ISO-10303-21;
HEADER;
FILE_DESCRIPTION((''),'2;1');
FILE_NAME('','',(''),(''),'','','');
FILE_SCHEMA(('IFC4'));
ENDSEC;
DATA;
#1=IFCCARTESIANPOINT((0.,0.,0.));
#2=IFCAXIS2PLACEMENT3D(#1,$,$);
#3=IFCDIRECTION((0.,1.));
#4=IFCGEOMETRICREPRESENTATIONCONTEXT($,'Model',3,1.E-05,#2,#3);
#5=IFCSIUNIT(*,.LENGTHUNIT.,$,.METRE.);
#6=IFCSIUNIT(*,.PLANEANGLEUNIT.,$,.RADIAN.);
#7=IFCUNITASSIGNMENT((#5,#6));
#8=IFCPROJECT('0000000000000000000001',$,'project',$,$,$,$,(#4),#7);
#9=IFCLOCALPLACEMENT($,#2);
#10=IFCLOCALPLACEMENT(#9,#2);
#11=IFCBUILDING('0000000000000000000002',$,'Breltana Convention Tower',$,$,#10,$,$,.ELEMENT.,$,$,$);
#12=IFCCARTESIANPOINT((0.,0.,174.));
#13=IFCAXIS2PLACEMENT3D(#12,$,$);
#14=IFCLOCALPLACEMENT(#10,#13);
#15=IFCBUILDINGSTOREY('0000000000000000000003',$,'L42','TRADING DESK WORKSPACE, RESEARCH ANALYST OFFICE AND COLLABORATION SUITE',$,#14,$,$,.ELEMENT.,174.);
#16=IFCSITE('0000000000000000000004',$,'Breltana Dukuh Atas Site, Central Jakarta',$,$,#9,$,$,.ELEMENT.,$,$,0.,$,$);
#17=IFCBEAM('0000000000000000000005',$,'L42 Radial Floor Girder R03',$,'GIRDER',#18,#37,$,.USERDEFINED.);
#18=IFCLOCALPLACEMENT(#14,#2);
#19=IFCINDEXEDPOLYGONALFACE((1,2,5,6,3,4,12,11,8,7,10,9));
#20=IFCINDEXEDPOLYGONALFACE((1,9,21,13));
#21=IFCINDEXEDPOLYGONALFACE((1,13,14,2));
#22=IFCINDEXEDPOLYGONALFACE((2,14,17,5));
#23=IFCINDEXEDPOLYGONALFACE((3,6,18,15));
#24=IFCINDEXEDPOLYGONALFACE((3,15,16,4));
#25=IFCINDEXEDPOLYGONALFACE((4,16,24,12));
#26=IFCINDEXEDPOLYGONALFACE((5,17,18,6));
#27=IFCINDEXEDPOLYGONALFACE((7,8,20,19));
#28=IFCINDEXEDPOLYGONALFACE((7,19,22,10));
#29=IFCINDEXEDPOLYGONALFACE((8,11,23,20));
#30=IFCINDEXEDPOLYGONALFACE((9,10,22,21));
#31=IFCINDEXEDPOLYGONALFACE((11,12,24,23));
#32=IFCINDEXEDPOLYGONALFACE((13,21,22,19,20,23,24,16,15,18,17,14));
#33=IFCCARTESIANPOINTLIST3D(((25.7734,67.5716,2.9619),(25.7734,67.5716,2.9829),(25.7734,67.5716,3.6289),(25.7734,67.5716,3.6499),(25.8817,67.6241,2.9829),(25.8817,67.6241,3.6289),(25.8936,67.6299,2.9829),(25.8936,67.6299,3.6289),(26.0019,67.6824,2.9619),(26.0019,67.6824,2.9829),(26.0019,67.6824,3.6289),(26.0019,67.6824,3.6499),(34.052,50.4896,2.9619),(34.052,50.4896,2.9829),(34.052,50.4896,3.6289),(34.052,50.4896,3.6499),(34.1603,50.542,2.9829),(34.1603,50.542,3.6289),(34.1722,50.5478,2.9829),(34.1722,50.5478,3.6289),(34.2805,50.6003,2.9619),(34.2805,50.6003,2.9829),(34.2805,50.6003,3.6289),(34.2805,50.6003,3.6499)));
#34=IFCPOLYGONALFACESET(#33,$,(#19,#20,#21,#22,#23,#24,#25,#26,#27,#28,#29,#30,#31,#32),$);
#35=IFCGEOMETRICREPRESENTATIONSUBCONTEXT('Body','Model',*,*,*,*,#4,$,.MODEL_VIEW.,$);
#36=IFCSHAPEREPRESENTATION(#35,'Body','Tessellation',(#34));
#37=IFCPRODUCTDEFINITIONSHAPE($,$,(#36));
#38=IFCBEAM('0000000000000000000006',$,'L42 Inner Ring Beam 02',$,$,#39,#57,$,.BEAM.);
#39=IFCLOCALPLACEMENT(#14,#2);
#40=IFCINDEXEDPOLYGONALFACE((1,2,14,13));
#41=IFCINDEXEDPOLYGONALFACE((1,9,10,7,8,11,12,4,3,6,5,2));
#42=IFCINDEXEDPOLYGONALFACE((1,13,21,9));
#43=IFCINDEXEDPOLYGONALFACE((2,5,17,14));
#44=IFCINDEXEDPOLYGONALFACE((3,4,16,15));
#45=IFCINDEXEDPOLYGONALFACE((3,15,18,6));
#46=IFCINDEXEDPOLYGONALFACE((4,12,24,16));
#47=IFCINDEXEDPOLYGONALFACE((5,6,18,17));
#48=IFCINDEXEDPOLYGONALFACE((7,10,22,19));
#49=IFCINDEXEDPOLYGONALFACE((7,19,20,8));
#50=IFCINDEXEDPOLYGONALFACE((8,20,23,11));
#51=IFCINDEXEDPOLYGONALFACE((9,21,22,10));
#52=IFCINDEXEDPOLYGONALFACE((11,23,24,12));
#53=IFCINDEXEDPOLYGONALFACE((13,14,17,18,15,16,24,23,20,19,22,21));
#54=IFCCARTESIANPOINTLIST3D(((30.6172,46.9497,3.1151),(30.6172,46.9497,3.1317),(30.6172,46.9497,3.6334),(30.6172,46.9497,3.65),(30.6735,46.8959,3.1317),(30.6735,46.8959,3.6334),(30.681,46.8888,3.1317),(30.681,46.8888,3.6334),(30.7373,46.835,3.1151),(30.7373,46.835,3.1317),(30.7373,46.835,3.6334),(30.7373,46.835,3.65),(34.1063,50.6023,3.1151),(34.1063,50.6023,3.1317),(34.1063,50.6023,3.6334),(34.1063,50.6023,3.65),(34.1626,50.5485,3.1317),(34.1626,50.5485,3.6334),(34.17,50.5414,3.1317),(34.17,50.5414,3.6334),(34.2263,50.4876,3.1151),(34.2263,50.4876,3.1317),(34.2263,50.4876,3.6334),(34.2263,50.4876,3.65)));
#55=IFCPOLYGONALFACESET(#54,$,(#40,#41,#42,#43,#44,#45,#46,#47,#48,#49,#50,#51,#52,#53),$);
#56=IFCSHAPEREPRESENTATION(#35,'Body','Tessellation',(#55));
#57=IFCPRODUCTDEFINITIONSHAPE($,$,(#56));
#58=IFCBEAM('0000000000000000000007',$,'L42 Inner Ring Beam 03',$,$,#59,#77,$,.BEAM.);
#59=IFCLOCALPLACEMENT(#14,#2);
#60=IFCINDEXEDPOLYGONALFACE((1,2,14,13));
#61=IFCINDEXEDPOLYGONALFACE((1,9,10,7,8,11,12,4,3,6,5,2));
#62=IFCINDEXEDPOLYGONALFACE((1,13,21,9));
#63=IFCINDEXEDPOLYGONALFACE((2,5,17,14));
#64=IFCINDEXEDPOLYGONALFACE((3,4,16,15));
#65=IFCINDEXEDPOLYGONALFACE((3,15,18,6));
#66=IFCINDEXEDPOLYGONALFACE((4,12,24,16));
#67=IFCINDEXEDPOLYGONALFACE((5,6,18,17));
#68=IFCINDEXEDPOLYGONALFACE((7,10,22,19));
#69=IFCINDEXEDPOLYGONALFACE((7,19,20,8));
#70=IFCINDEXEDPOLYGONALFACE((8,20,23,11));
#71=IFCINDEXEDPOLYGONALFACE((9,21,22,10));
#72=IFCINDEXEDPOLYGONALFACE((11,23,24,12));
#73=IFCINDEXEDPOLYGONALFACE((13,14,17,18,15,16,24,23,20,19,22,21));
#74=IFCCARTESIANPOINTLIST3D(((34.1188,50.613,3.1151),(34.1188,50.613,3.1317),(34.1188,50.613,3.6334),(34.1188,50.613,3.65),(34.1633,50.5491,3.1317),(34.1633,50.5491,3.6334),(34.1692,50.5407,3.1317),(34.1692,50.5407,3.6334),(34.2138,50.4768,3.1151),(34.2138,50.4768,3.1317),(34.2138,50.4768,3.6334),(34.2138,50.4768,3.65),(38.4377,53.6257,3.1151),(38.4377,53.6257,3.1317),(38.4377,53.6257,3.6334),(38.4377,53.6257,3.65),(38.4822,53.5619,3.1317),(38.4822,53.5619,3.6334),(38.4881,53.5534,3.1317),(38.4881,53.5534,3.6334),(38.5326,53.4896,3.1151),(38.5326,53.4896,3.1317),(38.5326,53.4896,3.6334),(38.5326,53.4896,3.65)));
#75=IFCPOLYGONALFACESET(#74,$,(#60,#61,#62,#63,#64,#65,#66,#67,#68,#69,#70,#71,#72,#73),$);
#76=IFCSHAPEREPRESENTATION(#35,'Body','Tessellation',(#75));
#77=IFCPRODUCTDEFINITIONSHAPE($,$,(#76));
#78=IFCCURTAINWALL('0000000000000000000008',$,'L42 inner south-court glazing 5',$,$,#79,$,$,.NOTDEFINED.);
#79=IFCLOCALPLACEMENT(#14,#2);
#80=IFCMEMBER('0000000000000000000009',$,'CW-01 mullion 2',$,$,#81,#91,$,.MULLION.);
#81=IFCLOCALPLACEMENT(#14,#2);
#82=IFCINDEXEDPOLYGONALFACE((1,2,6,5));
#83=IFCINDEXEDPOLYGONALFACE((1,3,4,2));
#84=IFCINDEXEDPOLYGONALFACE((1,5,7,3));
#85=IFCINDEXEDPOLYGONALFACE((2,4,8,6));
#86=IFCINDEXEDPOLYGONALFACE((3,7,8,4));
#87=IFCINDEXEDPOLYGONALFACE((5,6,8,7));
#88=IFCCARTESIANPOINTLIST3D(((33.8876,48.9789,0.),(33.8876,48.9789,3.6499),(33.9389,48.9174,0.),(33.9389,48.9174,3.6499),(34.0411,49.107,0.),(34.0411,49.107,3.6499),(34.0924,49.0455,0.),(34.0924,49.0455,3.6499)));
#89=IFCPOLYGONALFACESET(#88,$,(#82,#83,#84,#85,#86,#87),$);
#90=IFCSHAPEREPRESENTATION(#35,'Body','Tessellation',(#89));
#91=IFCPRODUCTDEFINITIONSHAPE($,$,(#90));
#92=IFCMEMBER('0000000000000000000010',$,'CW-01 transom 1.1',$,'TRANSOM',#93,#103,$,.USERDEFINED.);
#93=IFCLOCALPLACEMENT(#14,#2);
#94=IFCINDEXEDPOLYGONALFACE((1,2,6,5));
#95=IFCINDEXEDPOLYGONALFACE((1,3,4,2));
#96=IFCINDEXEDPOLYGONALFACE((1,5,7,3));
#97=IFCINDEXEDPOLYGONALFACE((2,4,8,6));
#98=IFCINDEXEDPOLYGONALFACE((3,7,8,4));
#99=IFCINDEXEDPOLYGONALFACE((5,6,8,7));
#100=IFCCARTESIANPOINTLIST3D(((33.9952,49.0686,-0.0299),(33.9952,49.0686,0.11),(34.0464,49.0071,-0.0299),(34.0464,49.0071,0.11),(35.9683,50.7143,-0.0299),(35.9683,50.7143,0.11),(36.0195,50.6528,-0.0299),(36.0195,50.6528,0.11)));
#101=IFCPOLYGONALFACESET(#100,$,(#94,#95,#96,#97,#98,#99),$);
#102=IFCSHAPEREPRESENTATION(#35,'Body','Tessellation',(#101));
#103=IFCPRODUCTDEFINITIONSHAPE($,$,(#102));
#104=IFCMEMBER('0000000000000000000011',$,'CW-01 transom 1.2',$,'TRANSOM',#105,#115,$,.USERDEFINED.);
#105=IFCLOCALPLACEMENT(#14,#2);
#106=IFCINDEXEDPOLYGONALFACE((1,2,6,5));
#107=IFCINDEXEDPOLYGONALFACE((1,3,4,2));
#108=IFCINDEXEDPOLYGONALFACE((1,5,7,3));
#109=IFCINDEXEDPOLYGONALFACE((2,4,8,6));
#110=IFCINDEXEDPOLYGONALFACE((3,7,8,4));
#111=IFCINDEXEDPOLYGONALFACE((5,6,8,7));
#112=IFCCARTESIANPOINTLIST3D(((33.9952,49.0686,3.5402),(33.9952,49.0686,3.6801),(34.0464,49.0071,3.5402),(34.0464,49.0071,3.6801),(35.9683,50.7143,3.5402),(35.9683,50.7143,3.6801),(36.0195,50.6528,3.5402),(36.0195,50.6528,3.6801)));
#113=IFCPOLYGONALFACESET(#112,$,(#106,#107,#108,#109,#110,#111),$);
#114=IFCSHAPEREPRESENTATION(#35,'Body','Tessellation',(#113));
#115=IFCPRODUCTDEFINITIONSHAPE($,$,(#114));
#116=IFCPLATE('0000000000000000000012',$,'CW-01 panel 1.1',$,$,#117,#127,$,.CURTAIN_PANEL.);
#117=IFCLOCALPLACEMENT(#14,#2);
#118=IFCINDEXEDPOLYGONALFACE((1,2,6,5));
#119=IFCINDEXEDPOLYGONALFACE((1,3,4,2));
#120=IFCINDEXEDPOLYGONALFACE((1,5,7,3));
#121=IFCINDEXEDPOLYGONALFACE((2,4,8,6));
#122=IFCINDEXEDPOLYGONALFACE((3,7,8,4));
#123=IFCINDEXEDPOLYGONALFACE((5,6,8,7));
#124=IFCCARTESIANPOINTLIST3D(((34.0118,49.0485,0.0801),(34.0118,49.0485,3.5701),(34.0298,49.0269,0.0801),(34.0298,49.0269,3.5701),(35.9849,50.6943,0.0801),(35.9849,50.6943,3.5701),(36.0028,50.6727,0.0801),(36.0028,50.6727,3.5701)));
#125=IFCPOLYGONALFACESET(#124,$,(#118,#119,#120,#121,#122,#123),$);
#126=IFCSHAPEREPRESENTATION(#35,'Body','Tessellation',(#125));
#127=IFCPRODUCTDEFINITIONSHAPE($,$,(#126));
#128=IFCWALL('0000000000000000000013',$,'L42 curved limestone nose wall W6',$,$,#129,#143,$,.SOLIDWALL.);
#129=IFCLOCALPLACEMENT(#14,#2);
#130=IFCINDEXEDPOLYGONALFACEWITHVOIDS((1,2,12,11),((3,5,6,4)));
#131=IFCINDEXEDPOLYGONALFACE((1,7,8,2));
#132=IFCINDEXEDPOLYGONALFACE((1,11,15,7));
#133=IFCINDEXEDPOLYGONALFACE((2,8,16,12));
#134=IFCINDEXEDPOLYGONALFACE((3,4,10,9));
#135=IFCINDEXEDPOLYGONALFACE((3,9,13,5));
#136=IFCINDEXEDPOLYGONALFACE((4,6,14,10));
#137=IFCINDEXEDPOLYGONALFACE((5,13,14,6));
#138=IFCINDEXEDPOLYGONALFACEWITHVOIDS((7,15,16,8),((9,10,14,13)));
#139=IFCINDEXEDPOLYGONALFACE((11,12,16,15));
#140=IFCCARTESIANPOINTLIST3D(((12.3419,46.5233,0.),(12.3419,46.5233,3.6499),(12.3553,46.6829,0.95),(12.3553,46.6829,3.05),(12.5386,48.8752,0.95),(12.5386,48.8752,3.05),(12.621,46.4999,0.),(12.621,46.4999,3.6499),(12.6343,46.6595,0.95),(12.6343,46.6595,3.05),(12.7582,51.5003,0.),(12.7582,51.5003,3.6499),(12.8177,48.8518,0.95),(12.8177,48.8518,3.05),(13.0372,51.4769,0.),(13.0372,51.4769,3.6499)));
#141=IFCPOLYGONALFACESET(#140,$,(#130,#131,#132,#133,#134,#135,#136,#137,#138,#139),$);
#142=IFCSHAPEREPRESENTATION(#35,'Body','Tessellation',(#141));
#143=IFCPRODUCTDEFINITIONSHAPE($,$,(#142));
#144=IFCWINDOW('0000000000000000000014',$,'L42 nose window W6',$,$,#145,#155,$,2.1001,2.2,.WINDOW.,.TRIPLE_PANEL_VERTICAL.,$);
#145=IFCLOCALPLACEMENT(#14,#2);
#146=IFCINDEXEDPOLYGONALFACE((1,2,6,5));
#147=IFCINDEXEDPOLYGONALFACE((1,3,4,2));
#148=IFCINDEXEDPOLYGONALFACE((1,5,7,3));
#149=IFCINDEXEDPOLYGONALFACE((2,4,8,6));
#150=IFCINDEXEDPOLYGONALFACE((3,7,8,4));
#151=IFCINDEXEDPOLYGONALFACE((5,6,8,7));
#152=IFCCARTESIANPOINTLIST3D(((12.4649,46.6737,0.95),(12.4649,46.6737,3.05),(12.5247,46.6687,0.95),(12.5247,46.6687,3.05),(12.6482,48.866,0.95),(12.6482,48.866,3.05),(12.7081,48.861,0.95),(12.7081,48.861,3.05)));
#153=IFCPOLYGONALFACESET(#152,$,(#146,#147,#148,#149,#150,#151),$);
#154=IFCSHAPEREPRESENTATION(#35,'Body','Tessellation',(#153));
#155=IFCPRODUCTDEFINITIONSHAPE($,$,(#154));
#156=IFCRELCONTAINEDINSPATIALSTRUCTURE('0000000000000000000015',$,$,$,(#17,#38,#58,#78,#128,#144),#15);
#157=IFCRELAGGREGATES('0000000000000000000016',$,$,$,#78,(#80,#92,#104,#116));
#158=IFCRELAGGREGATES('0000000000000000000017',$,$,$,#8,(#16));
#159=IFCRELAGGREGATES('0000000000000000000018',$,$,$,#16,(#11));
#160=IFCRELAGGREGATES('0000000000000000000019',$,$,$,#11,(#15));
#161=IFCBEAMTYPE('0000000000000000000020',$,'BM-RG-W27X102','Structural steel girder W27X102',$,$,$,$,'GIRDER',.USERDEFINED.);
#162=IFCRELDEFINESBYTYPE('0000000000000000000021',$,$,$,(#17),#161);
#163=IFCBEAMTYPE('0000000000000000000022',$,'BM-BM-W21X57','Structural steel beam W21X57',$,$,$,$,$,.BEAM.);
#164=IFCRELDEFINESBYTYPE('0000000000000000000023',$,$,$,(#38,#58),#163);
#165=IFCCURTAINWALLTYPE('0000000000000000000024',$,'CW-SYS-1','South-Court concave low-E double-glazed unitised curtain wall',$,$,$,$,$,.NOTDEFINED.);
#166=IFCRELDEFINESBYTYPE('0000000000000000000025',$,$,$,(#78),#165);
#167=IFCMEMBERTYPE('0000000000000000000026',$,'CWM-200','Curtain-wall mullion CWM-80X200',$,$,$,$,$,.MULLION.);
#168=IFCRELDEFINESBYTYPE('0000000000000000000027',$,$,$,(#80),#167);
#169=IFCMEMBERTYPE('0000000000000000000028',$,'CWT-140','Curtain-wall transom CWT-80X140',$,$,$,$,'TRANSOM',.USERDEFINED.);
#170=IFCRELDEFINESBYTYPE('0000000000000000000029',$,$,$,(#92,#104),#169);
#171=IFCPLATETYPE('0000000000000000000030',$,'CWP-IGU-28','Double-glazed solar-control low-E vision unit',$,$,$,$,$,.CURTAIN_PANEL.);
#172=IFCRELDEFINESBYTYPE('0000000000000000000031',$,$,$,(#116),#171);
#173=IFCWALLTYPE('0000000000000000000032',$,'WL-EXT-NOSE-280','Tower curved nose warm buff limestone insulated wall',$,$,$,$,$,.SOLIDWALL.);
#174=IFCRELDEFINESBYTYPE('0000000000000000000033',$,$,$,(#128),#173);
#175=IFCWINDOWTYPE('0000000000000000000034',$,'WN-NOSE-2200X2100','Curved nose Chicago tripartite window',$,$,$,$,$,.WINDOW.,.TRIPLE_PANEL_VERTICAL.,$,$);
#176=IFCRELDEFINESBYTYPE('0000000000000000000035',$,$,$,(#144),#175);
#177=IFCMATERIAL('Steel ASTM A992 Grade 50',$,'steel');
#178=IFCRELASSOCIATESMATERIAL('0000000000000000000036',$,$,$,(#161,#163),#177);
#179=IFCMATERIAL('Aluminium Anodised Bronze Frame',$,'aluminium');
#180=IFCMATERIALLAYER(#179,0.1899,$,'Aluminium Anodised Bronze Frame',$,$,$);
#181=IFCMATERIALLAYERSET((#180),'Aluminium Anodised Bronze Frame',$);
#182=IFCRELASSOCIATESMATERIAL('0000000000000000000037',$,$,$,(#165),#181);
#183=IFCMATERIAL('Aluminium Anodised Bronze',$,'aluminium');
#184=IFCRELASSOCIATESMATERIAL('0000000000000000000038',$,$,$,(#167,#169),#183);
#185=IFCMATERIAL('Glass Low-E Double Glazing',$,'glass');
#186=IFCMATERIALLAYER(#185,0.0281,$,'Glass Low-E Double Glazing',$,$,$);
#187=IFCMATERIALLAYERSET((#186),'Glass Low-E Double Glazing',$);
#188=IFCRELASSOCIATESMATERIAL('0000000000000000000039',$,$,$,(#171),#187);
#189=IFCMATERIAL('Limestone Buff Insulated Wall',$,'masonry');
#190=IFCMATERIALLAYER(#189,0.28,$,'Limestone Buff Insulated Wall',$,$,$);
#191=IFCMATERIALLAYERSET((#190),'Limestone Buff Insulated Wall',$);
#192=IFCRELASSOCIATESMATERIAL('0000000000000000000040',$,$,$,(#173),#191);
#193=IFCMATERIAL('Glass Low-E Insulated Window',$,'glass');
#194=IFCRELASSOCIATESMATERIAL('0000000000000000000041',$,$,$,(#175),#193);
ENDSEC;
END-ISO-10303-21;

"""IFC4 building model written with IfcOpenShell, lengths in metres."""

from ifc_helpers import new_model, si_unit, direction, frame, frame_2d, origin, origin_2d, place, context, subcontext, project, spatial, rectangle, i_section, extrude, source, transform, mapped, material, layer, layer_set, material_profile, profile_set, type_object, type_shapes, element, fill, aggregate, save


model = new_model("IFC4")

# Units and contexts
model_context = context("Model", 3, precision=1e-05, world=origin(), true_north=direction((0.0, 1.0)))
body_context = subcontext(model_context, "Body", "Model", "MODEL_VIEW")
ifc_project = project(units=[si_unit("LENGTHUNIT", "METRE"), si_unit("PLANEANGLEUNIT", "RADIAN")], contexts=[model_context])

# Site, building, storey
site_placement = place(None, origin())
site = spatial("IfcSite", under=ifc_project, at=site_placement, Name="Breltana Dukuh Atas Site, Central Jakarta", CompositionType="ELEMENT", RefElevation=0.0)
building_placement = place(site_placement, origin())
building = spatial("IfcBuilding", under=site, at=building_placement, Name="Breltana Convention Tower", CompositionType="ELEMENT")
storey_placement = place(building_placement, frame((0.0, 0.0, 174.0)))
storey = spatial("IfcBuildingStorey", under=building, at=storey_placement, Name="L42", Description="TRADING DESK WORKSPACE, RESEARCH ANALYST OFFICE AND COLLABORATION SUITE", CompositionType="ELEMENT", Elevation=174.0)

# Beams
ifc_material_1 = material(Name="Steel ASTM A992 Grade 50", Category="steel")
ifc_material_profile_1 = material_profile(ifc_material_1, i_section(OverallWidth=0.2539, OverallDepth=0.688, WebThickness=0.0132, FlangeThickness=0.021, at=origin_2d()), Name="W27X102")
ifc_profile_set_1 = profile_set([ifc_material_profile_1], Name="Steel ASTM A992 Grade 50")
beam_type_1 = type_object("IfcBeamType", Name="BM-RG-W27X102", Description="Structural steel girder W27X102", ElementType="GIRDER", PredefinedType="USERDEFINED", material=ifc_profile_set_1)
shared_shape_1 = source(origin(), body_context, "Body", "SweptSolid", [
    extrude(i_section(OverallWidth=0.2539, OverallDepth=0.688, WebThickness=0.0132, FlangeThickness=0.021, at=origin_2d()), origin(), (0.0, 0.0, 1.0), 18.9824),
])
beam_1_placement = place(storey_placement, frame((34.1663, 50.5449, 3.3059), z_axis=(-0.436119, 0.899889, 0.0), x_axis=(-0.899889, -0.436119, 0.0)))
element("IfcBeam", 1, at=beam_1_placement, inside=storey, type_object=beam_type_1, Name="L42 Radial Floor Girder R03", ObjectType="GIRDER", PredefinedType="USERDEFINED", context=body_context, shape_type="MappedRepresentation", body=[
    mapped(shared_shape_1, transform((0.0, 0.0, 0.0), scale=1.0)),
])
ifc_material_profile_2 = material_profile(ifc_material_1, i_section(OverallWidth=0.166, OverallDepth=0.5349, WebThickness=0.0103, FlangeThickness=0.0166, at=origin_2d()), Name="W21X57")
ifc_profile_set_2 = profile_set([ifc_material_profile_2], Name="Steel ASTM A992 Grade 50")
beam_type_2 = type_object("IfcBeamType", Name="BM-BM-W21X57", Description="Structural steel beam W21X57", PredefinedType="BEAM", material=ifc_profile_set_2)
shared_shape_2 = source(origin(), body_context, "Body", "SweptSolid", [
    extrude(i_section(OverallWidth=0.166, OverallDepth=0.5349, WebThickness=0.0103, FlangeThickness=0.0166, at=origin_2d()), origin(), (0.0, 0.0, 1.0), 5.0513),
])
beam_2_placement = place(storey_placement, frame((30.6772, 46.8923, 3.3826), z_axis=(0.69073, 0.723113, 0.0), x_axis=(-0.723113, 0.69073, 0.0)))
element("IfcBeam", 2, at=beam_2_placement, inside=storey, type_object=beam_type_2, Name="L42 Inner Ring Beam 02", PredefinedType="BEAM", context=body_context, shape_type="MappedRepresentation", body=[
    mapped(shared_shape_2, transform((0.0, 0.0, 0.0), scale=1.0)),
])
shared_shape_3 = source(origin(), body_context, "Body", "SweptSolid", [
    extrude(i_section(OverallWidth=0.166, OverallDepth=0.5349, WebThickness=0.0103, FlangeThickness=0.0166, at=origin_2d()), origin(), (0.0, 0.0, 1.0), 5.2659),
])
beam_3_placement = place(storey_placement, frame((34.1663, 50.5449, 3.3826), z_axis=(0.820167, 0.572124, 0.0), x_axis=(-0.572124, 0.820167, 0.0)))
element("IfcBeam", 3, at=beam_3_placement, inside=storey, type_object=beam_type_2, Name="L42 Inner Ring Beam 03", PredefinedType="BEAM", context=body_context, shape_type="MappedRepresentation", body=[
    mapped(shared_shape_3, transform((0.0, 0.0, 0.0), scale=1.0)),
])

# Curtain wall, members, plate
ifc_material_2 = material(Name="Aluminium Anodised Bronze Frame", Category="aluminium")
ifc_layer_1 = layer(ifc_material_2, 0.1899, Name="Aluminium Anodised Bronze Frame")
ifc_layer_set_1 = layer_set([ifc_layer_1], Name="Aluminium Anodised Bronze Frame")
curtain_wall_type = type_object("IfcCurtainWallType", Name="CW-SYS-1", Description="South-Court concave low-E double-glazed unitised curtain wall", PredefinedType="NOTDEFINED", material=ifc_layer_set_1)
curtain_wall_placement = place(storey_placement, origin())
curtain_wall = element("IfcCurtainWall", 4, at=curtain_wall_placement, inside=storey, type_object=curtain_wall_type, Name="L42 inner south-court glazing 5", PredefinedType="NOTDEFINED")
ifc_material_3 = material(Name="Aluminium Anodised Bronze", Category="aluminium")
ifc_material_profile_3 = material_profile(ifc_material_3, rectangle(XDim=0.0801, YDim=0.2, at=origin_2d()), Name="CWM-80X200")
ifc_profile_set_3 = profile_set([ifc_material_profile_3], Name="Aluminium Anodised Bronze")
member_type_1 = type_object("IfcMemberType", Name="CWM-200", Description="Curtain-wall mullion CWM-80X200", PredefinedType="MULLION", material=ifc_profile_set_3)
shared_shape_4 = source(origin(), body_context, "Body", "SweptSolid", [
    extrude(rectangle(XDim=0.0801, YDim=0.2, at=origin_2d()), origin(), (0.0, 0.0, 1.0), 3.6499),
])
member_1_placement = place(storey_placement, frame((33.99, 49.0122, 0.0), z_axis=(0.0, 0.0, 1.0), x_axis=(0.640537, -0.767927, 0.0)))
member_1 = element("IfcMember", 5, at=member_1_placement, type_object=member_type_1, Name="CW-01 mullion 2", PredefinedType="MULLION", context=body_context, shape_type="MappedRepresentation", body=[
    mapped(shared_shape_4, transform((0.0, 0.0, 0.0), scale=1.0)),
])
ifc_material_profile_4 = material_profile(ifc_material_3, rectangle(XDim=0.0801, YDim=0.1399, at=origin_2d()), Name="CWT-80X140")
ifc_profile_set_4 = profile_set([ifc_material_profile_4], Name="Aluminium Anodised Bronze")
member_type_2 = type_object("IfcMemberType", Name="CWT-140", Description="Curtain-wall transom CWT-80X140", ElementType="TRANSOM", PredefinedType="USERDEFINED", material=ifc_profile_set_4)
shared_shape_5 = source(origin(), body_context, "Body", "SweptSolid", [
    extrude(rectangle(XDim=0.0801, YDim=0.1399, at=origin_2d()), origin(), (0.0, 0.0, 1.0), 2.5693),
])
member_2_placement = place(storey_placement, frame((35.9939, 50.6836, 0.04), z_axis=(-0.767941, -0.640521, 0.0), x_axis=(0.640521, -0.767941, 0.0)))
member_2 = element("IfcMember", 6, at=member_2_placement, type_object=member_type_2, Name="CW-01 transom 1.1", ObjectType="TRANSOM", PredefinedType="USERDEFINED", context=body_context, shape_type="MappedRepresentation", body=[
    mapped(shared_shape_5, transform((0.0, 0.0, 0.0), scale=1.0)),
])
member_3_placement = place(storey_placement, frame((35.9939, 50.6836, 3.6101), z_axis=(-0.767941, -0.640521, 0.0), x_axis=(0.640521, -0.767941, 0.0)))
member_3 = element("IfcMember", 7, at=member_3_placement, type_object=member_type_2, Name="CW-01 transom 1.2", ObjectType="TRANSOM", PredefinedType="USERDEFINED", context=body_context, shape_type="MappedRepresentation", body=[
    mapped(shared_shape_5, transform((0.0, 0.0, 0.0), scale=1.0)),
])
ifc_material_4 = material(Name="Glass Low-E Double Glazing", Category="glass")
ifc_layer_2 = layer(ifc_material_4, 0.0281, Name="Glass Low-E Double Glazing")
ifc_layer_set_2 = layer_set([ifc_layer_2], Name="Glass Low-E Double Glazing")
plate_type = type_object("IfcPlateType", Name="CWP-IGU-28", Description="Double-glazed solar-control low-E vision unit", PredefinedType="CURTAIN_PANEL", material=ifc_layer_set_2)
shared_shape_6 = source(origin(), body_context, "Body", "SweptSolid", [
    extrude(rectangle(XDim=2.5693, YDim=0.0281, at=origin_2d()), origin(), (0.0, 0.0, 1.0), 3.49),
])
plate_placement = place(storey_placement, frame((35.0073, 49.8606, 0.0801), z_axis=(0.0, 0.0, 1.0), x_axis=(-0.767927, -0.640537, 0.0)))
plate = element("IfcPlate", 8, at=plate_placement, type_object=plate_type, Name="CW-01 panel 1.1", PredefinedType="CURTAIN_PANEL", context=body_context, shape_type="MappedRepresentation", body=[
    mapped(shared_shape_6, transform((0.0, 0.0, 0.0), scale=1.0)),
])
aggregate(curtain_wall, [member_1, member_2, member_3, plate])

# Wall, opening, window
ifc_material_5 = material(Name="Limestone Buff Insulated Wall", Category="masonry")
ifc_layer_3 = layer(ifc_material_5, 0.28, Name="Limestone Buff Insulated Wall")
ifc_layer_set_3 = layer_set([ifc_layer_3], Name="Limestone Buff Insulated Wall")
wall_type_1 = type_object("IfcWallType", Name="WL-EXT-NOSE-280", Description="Tower curved nose warm buff limestone insulated wall", PredefinedType="SOLIDWALL", material=ifc_layer_set_3)
shared_shape_7 = source(origin(), body_context, "Body", "SweptSolid", [
    extrude(rectangle(XDim=4.9944, YDim=0.28, at=frame_2d((2.4971, 0.0))), origin(), (0.0, 0.0, 1.0), 3.6499),
])
wall_1_placement = place(storey_placement, frame((12.4814, 46.5117, 0.0), z_axis=(0.0, 0.0, 1.0), x_axis=(0.083345, 0.996521, 0.0)))
wall_1 = element("IfcWall", 9, at=wall_1_placement, inside=storey, type_object=wall_type_1, Name="L42 curved limestone nose wall W6", PredefinedType="SOLIDWALL", context=body_context, shape_type="MappedRepresentation", body=[
    mapped(shared_shape_7, transform((0.0, 0.0, 0.0), scale=1.0)),
])
opening_placement = place(wall_1_placement, frame((0.1599, 0.0, 0.95)))
opening = element("IfcOpeningElement", 10, at=opening_placement, cuts=wall_1, PredefinedType="OPENING", context=body_context, shape_type="SweptSolid", body=[
    extrude(rectangle(XDim=2.2, YDim=2.1001, at=frame_2d((1.1001, 1.05))), frame((0.0, 0.1499, 0.0), z_axis=(0.0, -1.0, 0.0), x_axis=(1.0, 0.0, 0.0)), (0.0, 0.0, 1.0), 0.3),
])
ifc_material_6 = material(Name="Glass Low-E Insulated Window", Category="glass")
window_type = type_object("IfcWindowType", Name="WN-NOSE-2200X2100", Description="Curved nose Chicago tripartite window", PartitioningType="TRIPLE_PANEL_VERTICAL", PredefinedType="WINDOW", material=ifc_material_6)
shared_shape_8 = source(origin(), body_context, "Body", "SweptSolid", [
    extrude(rectangle(XDim=2.2, YDim=2.1001, at=frame_2d((1.1001, 1.05))), frame((0.0, 0.03, 0.0), z_axis=(0.0, -1.0, 0.0), x_axis=(1.0, 0.0, 0.0)), (0.0, 0.0, 1.0), 0.0601),
])
type_shapes(window_type, [shared_shape_8])
window_placement = place(opening_placement, origin())
window = element("IfcWindow", 11, at=window_placement, inside=storey, type_object=window_type, Name="L42 nose window W6", OverallHeight=2.1001, OverallWidth=2.2, PartitioningType="TRIPLE_PANEL_VERTICAL", PredefinedType="WINDOW", context=body_context, shape_type="MappedRepresentation", body=[
    mapped(shared_shape_8, transform((0.0, 0.0, 0.0), scale=1.0)),
])
fill(opening, window)

save(model, "model.ifc")
